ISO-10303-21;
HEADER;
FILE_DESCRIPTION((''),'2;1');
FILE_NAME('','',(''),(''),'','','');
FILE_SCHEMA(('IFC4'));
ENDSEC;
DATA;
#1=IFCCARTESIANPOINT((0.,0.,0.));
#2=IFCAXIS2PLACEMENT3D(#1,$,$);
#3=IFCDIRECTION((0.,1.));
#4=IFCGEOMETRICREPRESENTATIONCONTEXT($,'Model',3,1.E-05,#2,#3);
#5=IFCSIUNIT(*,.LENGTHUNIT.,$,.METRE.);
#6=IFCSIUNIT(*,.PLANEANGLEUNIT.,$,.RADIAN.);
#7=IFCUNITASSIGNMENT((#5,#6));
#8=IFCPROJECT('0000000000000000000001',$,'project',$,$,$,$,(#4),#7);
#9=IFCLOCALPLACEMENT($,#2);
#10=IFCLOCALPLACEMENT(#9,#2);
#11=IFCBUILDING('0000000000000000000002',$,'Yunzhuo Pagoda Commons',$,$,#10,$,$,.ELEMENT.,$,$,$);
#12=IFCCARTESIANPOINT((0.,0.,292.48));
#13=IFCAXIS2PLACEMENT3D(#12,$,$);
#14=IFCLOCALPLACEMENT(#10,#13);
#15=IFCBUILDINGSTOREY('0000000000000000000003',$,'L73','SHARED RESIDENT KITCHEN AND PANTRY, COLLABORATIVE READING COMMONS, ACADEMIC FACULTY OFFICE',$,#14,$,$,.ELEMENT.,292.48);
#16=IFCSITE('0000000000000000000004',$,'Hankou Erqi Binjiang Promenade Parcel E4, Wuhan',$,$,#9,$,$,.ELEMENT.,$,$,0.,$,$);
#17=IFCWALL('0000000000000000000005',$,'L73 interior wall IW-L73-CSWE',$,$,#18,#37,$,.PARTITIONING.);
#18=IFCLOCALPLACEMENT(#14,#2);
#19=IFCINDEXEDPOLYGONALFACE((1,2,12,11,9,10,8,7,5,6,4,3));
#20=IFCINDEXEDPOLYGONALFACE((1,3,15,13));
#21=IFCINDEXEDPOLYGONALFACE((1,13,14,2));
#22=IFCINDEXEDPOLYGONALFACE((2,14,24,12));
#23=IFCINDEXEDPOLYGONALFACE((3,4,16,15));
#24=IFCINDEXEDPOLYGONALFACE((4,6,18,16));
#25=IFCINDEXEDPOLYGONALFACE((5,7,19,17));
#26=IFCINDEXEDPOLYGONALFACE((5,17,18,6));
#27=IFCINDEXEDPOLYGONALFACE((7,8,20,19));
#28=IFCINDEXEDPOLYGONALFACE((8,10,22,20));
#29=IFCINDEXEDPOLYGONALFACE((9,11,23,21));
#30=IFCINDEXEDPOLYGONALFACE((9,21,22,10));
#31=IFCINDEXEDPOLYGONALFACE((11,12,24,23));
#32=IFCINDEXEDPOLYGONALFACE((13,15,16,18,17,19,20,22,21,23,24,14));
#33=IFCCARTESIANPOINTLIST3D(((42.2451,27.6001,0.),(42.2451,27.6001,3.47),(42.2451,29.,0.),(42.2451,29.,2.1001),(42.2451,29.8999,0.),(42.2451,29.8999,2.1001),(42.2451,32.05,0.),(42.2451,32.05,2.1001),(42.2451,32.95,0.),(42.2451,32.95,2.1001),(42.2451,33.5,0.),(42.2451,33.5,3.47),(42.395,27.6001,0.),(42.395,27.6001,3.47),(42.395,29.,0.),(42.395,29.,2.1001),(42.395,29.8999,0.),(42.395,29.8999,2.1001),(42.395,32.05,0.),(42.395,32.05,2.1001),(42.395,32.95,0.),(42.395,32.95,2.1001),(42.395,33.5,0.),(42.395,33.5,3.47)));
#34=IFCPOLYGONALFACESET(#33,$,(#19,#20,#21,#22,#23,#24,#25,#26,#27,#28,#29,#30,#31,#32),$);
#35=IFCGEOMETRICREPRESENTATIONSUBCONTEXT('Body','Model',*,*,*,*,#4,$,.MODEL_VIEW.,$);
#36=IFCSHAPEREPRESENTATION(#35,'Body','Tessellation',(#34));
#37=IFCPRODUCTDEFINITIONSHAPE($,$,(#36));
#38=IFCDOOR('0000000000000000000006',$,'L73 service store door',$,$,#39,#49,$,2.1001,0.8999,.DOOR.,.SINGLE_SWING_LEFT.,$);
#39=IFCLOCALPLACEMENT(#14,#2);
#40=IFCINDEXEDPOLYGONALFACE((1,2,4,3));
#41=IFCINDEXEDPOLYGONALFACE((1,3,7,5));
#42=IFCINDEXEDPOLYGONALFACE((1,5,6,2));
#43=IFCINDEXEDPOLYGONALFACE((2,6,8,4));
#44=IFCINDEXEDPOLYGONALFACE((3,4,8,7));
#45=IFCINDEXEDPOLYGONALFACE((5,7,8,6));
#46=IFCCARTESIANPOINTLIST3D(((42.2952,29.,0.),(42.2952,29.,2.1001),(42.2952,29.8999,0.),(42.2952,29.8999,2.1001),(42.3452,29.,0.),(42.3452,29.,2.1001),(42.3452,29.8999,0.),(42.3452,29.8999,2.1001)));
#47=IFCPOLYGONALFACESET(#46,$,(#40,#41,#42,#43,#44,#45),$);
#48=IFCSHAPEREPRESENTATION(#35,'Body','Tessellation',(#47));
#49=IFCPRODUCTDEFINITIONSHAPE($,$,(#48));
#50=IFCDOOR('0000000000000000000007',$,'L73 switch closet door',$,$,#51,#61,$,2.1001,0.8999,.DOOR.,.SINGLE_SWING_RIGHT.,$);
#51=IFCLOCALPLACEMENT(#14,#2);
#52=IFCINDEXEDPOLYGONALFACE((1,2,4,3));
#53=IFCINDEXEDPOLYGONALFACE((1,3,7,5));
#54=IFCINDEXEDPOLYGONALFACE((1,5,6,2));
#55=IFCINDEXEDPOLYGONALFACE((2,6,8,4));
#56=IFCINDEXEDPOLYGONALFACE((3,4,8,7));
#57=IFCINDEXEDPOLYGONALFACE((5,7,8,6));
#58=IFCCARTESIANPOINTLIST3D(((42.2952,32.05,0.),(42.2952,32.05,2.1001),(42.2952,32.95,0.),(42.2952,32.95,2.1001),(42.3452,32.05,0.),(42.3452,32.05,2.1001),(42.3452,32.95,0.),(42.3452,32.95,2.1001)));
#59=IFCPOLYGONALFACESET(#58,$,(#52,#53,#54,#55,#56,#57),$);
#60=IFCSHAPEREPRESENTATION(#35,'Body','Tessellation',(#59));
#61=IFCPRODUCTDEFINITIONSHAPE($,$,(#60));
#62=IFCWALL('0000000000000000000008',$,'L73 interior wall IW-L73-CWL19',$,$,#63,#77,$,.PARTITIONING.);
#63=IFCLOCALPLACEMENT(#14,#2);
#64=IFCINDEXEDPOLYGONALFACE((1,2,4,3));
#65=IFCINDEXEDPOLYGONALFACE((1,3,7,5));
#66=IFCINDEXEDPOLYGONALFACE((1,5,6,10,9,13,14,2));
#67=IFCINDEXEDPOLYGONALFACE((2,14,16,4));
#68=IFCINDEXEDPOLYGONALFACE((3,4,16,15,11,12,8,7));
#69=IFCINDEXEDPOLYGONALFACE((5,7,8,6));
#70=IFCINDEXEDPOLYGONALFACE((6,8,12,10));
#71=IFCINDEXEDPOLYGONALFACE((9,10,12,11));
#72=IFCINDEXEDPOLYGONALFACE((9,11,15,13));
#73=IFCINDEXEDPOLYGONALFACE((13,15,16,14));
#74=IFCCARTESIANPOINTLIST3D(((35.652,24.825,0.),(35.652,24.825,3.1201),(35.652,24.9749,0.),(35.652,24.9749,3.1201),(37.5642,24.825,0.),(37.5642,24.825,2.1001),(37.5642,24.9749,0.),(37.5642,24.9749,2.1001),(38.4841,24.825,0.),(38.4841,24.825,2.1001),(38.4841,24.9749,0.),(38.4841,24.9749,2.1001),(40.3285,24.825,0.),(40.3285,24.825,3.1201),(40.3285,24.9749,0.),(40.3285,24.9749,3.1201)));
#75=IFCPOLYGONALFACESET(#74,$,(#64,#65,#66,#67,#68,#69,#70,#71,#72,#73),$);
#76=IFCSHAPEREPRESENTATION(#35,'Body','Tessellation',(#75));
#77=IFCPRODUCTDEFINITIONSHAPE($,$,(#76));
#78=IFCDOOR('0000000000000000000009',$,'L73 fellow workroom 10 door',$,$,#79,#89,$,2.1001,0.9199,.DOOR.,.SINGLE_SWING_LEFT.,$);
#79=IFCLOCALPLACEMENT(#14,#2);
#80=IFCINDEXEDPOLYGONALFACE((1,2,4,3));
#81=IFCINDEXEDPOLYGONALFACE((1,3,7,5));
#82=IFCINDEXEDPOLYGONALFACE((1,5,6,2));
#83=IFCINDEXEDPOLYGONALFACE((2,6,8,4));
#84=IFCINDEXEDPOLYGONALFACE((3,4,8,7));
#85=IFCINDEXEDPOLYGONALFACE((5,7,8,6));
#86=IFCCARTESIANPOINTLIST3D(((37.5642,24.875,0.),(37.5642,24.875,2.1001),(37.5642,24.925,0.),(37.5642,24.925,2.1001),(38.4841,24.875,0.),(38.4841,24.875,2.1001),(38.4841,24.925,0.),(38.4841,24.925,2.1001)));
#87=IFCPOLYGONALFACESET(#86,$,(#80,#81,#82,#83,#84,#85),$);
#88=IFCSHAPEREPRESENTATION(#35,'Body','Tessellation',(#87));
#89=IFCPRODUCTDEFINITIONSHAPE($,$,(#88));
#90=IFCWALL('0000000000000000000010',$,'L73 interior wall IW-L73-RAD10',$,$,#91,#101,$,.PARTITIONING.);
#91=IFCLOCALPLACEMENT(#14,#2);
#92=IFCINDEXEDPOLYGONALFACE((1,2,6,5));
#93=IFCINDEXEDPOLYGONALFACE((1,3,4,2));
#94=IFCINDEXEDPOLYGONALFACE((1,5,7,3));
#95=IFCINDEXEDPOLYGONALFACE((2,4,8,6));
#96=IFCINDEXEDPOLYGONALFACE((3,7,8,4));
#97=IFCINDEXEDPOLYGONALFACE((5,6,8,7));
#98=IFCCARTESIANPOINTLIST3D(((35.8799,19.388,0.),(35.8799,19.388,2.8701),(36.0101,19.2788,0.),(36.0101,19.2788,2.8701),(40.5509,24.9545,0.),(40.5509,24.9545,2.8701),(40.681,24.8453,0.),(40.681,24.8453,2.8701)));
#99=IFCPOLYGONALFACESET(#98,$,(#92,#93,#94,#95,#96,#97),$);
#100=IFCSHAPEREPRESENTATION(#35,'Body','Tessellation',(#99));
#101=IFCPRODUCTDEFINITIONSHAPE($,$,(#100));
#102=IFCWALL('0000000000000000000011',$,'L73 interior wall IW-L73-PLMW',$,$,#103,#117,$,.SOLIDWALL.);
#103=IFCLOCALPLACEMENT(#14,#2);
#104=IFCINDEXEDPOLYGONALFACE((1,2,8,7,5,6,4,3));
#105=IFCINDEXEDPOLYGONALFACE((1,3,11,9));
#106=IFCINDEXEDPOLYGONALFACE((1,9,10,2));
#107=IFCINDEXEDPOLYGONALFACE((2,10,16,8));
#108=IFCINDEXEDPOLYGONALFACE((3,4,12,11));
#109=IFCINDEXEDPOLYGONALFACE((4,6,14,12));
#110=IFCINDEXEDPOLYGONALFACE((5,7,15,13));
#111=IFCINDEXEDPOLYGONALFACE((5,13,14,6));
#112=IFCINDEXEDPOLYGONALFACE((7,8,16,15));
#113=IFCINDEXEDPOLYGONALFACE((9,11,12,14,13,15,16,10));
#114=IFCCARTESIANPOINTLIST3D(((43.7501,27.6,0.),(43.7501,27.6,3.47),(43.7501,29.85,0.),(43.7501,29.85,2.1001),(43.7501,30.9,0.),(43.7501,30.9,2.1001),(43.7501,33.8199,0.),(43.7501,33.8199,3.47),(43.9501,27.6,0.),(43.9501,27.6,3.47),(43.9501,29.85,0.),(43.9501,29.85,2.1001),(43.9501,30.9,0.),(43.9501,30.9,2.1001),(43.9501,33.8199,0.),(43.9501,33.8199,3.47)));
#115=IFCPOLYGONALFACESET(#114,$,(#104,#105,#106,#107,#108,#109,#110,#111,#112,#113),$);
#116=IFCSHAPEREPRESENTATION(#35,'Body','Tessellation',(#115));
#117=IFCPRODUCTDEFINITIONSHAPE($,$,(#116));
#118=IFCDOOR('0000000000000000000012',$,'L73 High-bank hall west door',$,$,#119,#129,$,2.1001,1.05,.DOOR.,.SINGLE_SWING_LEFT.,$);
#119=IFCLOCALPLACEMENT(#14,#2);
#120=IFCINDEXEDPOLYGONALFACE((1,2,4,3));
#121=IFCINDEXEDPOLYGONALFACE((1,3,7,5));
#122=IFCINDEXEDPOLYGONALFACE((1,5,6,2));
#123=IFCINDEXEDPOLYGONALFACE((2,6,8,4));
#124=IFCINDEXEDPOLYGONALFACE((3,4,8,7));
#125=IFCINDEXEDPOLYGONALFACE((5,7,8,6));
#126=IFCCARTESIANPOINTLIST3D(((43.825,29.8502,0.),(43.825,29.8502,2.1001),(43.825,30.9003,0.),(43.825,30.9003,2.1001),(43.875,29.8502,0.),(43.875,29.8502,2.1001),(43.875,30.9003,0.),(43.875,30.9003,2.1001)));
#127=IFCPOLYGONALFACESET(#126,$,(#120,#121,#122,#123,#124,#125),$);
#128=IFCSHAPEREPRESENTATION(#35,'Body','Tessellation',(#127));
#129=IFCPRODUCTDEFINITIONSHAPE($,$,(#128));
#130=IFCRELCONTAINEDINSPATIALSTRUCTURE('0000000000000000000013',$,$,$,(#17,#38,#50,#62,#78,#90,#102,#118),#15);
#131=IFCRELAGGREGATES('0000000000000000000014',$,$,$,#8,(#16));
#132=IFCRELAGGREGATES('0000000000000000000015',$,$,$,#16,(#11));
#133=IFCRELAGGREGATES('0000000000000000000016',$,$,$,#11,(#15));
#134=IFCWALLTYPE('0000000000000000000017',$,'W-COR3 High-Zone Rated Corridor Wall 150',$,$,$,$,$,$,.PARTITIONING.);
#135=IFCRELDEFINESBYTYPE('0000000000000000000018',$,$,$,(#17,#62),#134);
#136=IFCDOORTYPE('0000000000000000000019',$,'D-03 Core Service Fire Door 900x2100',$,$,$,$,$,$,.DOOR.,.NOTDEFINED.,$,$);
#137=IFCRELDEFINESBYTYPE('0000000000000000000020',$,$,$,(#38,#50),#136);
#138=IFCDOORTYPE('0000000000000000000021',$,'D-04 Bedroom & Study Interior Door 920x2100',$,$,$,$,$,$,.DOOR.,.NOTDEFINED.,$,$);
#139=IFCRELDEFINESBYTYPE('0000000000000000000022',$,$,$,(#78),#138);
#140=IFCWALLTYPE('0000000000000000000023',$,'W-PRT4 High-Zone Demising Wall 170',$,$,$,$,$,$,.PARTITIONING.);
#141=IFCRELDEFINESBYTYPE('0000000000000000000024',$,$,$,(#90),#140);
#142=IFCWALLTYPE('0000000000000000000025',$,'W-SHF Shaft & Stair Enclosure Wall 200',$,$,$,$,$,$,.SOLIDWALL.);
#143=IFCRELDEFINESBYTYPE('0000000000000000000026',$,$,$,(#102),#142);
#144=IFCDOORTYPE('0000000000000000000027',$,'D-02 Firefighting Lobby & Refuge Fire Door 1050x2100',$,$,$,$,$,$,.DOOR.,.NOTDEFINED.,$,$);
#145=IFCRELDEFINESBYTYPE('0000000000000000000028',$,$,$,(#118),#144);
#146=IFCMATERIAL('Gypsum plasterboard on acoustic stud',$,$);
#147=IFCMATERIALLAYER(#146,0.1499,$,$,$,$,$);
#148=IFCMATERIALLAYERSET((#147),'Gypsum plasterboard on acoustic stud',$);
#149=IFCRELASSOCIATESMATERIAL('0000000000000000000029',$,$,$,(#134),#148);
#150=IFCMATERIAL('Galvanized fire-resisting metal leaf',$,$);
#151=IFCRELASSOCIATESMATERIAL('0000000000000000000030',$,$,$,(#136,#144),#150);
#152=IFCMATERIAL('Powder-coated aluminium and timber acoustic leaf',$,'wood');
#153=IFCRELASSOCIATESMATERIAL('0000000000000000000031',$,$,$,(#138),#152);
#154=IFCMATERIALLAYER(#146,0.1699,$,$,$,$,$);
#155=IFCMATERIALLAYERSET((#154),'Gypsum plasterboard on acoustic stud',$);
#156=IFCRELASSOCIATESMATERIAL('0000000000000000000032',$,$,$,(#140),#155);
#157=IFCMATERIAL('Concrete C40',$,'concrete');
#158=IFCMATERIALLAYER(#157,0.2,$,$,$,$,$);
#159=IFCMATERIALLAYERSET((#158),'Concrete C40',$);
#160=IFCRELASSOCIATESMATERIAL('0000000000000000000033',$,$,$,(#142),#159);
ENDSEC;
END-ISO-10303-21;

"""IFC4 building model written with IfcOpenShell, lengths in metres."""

from ifc_helpers import new_model, si_unit, direction, frame, frame_2d, origin, origin_with_axes, place, context, subcontext, project, spatial, rectangle, extrude, source, transform, mapped, material, layer, layer_set, type_object, element, fill, save


model = new_model("IFC4")

# Units and contexts
model_context = context("Model", 3, precision=1e-05, world=origin(), true_north=direction((0.0, 1.0)))
body_context = subcontext(model_context, "Body", "Model", "MODEL_VIEW")
ifc_project = project(units=[si_unit("LENGTHUNIT", "METRE"), si_unit("PLANEANGLEUNIT", "RADIAN")], contexts=[model_context])

# Site, building, storey
site_placement = place(None, origin())
site = spatial("IfcSite", under=ifc_project, at=site_placement, Name="Hankou Erqi Binjiang Promenade Parcel E4, Wuhan", CompositionType="ELEMENT", RefElevation=0.0)
building_placement = place(site_placement, origin())
building = spatial("IfcBuilding", under=site, at=building_placement, Name="Yunzhuo Pagoda Commons", CompositionType="ELEMENT")
storey_placement = place(building_placement, frame((0.0, 0.0, 292.48)))
storey = spatial("IfcBuildingStorey", under=building, at=storey_placement, Name="L73", Description="SHARED RESIDENT KITCHEN AND PANTRY, COLLABORATIVE READING COMMONS, ACADEMIC FACULTY OFFICE", CompositionType="ELEMENT", Elevation=292.48)

# Wall, openings, doors
ifc_material_1 = material(Name="Gypsum plasterboard on acoustic stud")
ifc_layer_1 = layer(ifc_material_1, 0.1499)
ifc_layer_set_1 = layer_set([ifc_layer_1], Name="Gypsum plasterboard on acoustic stud")
wall_type_1 = type_object("IfcWallType", Name="W-COR3 High-Zone Rated Corridor Wall 150", PredefinedType="PARTITIONING", material=ifc_layer_set_1)
wall_1_placement = place(storey_placement, frame((42.3201, 27.6001, 0.0), z_axis=(0.0, 0.0, 1.0), x_axis=(0.0, 1.0, 0.0)))
wall_1 = element("IfcWall", 1, at=wall_1_placement, inside=storey, type_object=wall_type_1, Name="L73 interior wall IW-L73-CSWE", PredefinedType="PARTITIONING", context=body_context, shape_type="SweptSolid", body=[
    extrude(rectangle(XDim=5.8999, YDim=0.1499, at=frame_2d((2.95, 0.0))), origin(), (0.0, 0.0, 1.0), 3.47),
])
opening_1_placement = place(wall_1_placement, frame((1.3999, 0.0, 0.0)))
opening_1 = element("IfcOpeningElement", 2, at=opening_1_placement, cuts=wall_1, PredefinedType="OPENING", context=body_context, shape_type="SweptSolid", body=[
    extrude(rectangle(XDim=0.8999, YDim=2.1001, at=frame_2d((0.45, 1.05))), frame((0.0, 0.085, 0.0), z_axis=(0.0, -1.0, 0.0), x_axis=(1.0, 0.0, 0.0)), (0.0, 0.0, 1.0), 0.1699),
])
opening_2_placement = place(wall_1_placement, frame((4.45, 0.0, 0.0)))
opening_2 = element("IfcOpeningElement", 3, at=opening_2_placement, cuts=wall_1, PredefinedType="OPENING", context=body_context, shape_type="SweptSolid", body=[
    extrude(rectangle(XDim=0.8999, YDim=2.1001, at=frame_2d((0.45, 1.05))), frame((0.0, 0.085, 0.0), z_axis=(0.0, -1.0, 0.0), x_axis=(1.0, 0.0, 0.0)), (0.0, 0.0, 1.0), 0.1699),
])
ifc_material_2 = material(Name="Galvanized fire-resisting metal leaf")
door_type_1 = type_object("IfcDoorType", Name="D-03 Core Service Fire Door 900x2100", OperationType="NOTDEFINED", PredefinedType="DOOR", material=ifc_material_2)
shared_shape_1 = source(origin(), body_context, "Body", "SweptSolid", [
    extrude(rectangle(XDim=0.8999, YDim=2.1001, at=frame_2d((0.45, 1.05))), frame((0.0, 0.0249, 0.0), z_axis=(0.0, -1.0, 0.0), x_axis=(1.0, 0.0, 0.0)), (0.0, 0.0, 1.0), 0.05),
])
door_1_placement = place(opening_1_placement, origin_with_axes())
door_1 = element("IfcDoor", 4, at=door_1_placement, inside=storey, type_object=door_type_1, Name="L73 service store door", OperationType="SINGLE_SWING_LEFT", OverallHeight=2.1001, OverallWidth=0.8999, PredefinedType="DOOR", context=body_context, shape_type="MappedRepresentation", body=[
    mapped(shared_shape_1, transform((0.0, 0.0, 0.0), scale=1.0)),
])
fill(opening_1, door_1)
door_2_placement = place(opening_2_placement, origin_with_axes())
door_2 = element("IfcDoor", 5, at=door_2_placement, inside=storey, type_object=door_type_1, Name="L73 switch closet door", OperationType="SINGLE_SWING_RIGHT", OverallHeight=2.1001, OverallWidth=0.8999, PredefinedType="DOOR", context=body_context, shape_type="MappedRepresentation", body=[
    mapped(shared_shape_1, transform((0.0, 0.0, 0.0), scale=1.0)),
])
fill(opening_2, door_2)

# Wall, opening, door
wall_2_placement = place(storey_placement, frame((40.3286, 24.8999, 0.0), z_axis=(0.0, 0.0, 1.0), x_axis=(-1.0, 0.0, 0.0)))
wall_2 = element("IfcWall", 6, at=wall_2_placement, inside=storey, type_object=wall_type_1, Name="L73 interior wall IW-L73-CWL19", PredefinedType="PARTITIONING", context=body_context, shape_type="SweptSolid", body=[
    extrude(rectangle(XDim=4.6765, YDim=0.1499, at=frame_2d((2.3384, 0.0))), origin(), (0.0, 0.0, 1.0), 3.1201),
])
opening_3_placement = place(wall_2_placement, frame((1.8445, 0.0, 0.0)))
opening_3 = element("IfcOpeningElement", 7, at=opening_3_placement, cuts=wall_2, PredefinedType="OPENING", context=body_context, shape_type="SweptSolid", body=[
    extrude(rectangle(XDim=0.9199, YDim=2.1001, at=frame_2d((0.46, 1.05))), frame((0.0, 0.085, 0.0), z_axis=(0.0, -1.0, 0.0), x_axis=(1.0, 0.0, 0.0)), (0.0, 0.0, 1.0), 0.1699),
])
ifc_material_3 = material(Name="Powder-coated aluminium and timber acoustic leaf", Category="wood")
door_type_2 = type_object("IfcDoorType", Name="D-04 Bedroom & Study Interior Door 920x2100", OperationType="NOTDEFINED", PredefinedType="DOOR", material=ifc_material_3)
shared_shape_2 = source(origin(), body_context, "Body", "SweptSolid", [
    extrude(rectangle(XDim=0.9199, YDim=2.1001, at=frame_2d((0.46, 1.05))), frame((0.0, 0.0249, 0.0), z_axis=(0.0, -1.0, 0.0), x_axis=(1.0, 0.0, 0.0)), (0.0, 0.0, 1.0), 0.05),
])
door_3_placement = place(opening_3_placement, origin_with_axes())
door_3 = element("IfcDoor", 8, at=door_3_placement, inside=storey, type_object=door_type_2, Name="L73 fellow workroom 10 door", OperationType="SINGLE_SWING_LEFT", OverallHeight=2.1001, OverallWidth=0.9199, PredefinedType="DOOR", context=body_context, shape_type="MappedRepresentation", body=[
    mapped(shared_shape_2, transform((0.0, 0.0, 0.0), scale=1.0)),
])
fill(opening_3, door_3)

# Wall
ifc_layer_2 = layer(ifc_material_1, 0.1699)
ifc_layer_set_2 = layer_set([ifc_layer_2], Name="Gypsum plasterboard on acoustic stud")
wall_type_2 = type_object("IfcWallType", Name="W-PRT4 High-Zone Demising Wall 170", PredefinedType="PARTITIONING", material=ifc_layer_set_2)
wall_3_placement = place(storey_placement, frame((40.616, 24.8999, 0.0), z_axis=(0.0, 0.0, 1.0), x_axis=(-0.642798, -0.766036, 0.0)))
element("IfcWall", 9, at=wall_3_placement, inside=storey, type_object=wall_type_2, Name="L73 interior wall IW-L73-RAD10", PredefinedType="PARTITIONING", context=body_context, shape_type="SweptSolid", body=[
    extrude(rectangle(XDim=7.2666, YDim=0.1699, at=frame_2d((3.6333, 0.0))), origin(), (0.0, 0.0, 1.0), 2.8701),
])

# Wall, opening, door
ifc_material_4 = material(Name="Concrete C40", Category="concrete")
ifc_layer_3 = layer(ifc_material_4, 0.2)
ifc_layer_set_3 = layer_set([ifc_layer_3], Name="Concrete C40")
wall_type_3 = type_object("IfcWallType", Name="W-SHF Shaft & Stair Enclosure Wall 200", PredefinedType="SOLIDWALL", material=ifc_layer_set_3)
wall_4_placement = place(storey_placement, frame((43.8501, 27.6001, 0.0), z_axis=(0.0, 0.0, 1.0), x_axis=(0.0, 1.0, 0.0)))
wall_4 = element("IfcWall", 10, at=wall_4_placement, inside=storey, type_object=wall_type_3, Name="L73 interior wall IW-L73-PLMW", PredefinedType="SOLIDWALL", context=body_context, shape_type="SweptSolid", body=[
    extrude(rectangle(XDim=6.22, YDim=0.2, at=frame_2d((3.1099, 0.0))), origin(), (0.0, 0.0, 1.0), 3.47),
])
opening_4_placement = place(wall_4_placement, frame((2.25, 0.0, 0.0)))
opening_4 = element("IfcOpeningElement", 11, at=opening_4_placement, cuts=wall_4, PredefinedType="OPENING", context=body_context, shape_type="SweptSolid", body=[
    extrude(rectangle(XDim=1.05, YDim=2.1001, at=frame_2d((0.5249, 1.05))), frame((0.0, 0.1099, 0.0), z_axis=(0.0, -1.0, 0.0), x_axis=(1.0, 0.0, 0.0)), (0.0, 0.0, 1.0), 0.22),
])
door_type_3 = type_object("IfcDoorType", Name="D-02 Firefighting Lobby & Refuge Fire Door 1050x2100", OperationType="NOTDEFINED", PredefinedType="DOOR", material=ifc_material_2)
shared_shape_3 = source(origin(), body_context, "Body", "SweptSolid", [
    extrude(rectangle(XDim=1.05, YDim=2.1001, at=frame_2d((0.5249, 1.05))), frame((0.0, 0.0249, 0.0), z_axis=(0.0, -1.0, 0.0), x_axis=(1.0, 0.0, 0.0)), (0.0, 0.0, 1.0), 0.05),
])
door_4_placement = place(opening_4_placement, frame((1.05, 0.0, 0.0), z_axis=(0.0, 0.0, 1.0), x_axis=(-1.0, 0.0, 0.0)))
door_4 = element("IfcDoor", 12, at=door_4_placement, inside=storey, type_object=door_type_3, Name="L73 High-bank hall west door", OperationType="SINGLE_SWING_LEFT", OverallHeight=2.1001, OverallWidth=1.05, PredefinedType="DOOR", context=body_context, shape_type="MappedRepresentation", body=[
    mapped(shared_shape_3, transform((0.0, 0.0, 0.0), scale=1.0)),
])
fill(opening_4, door_4)

save(model, "model.ifc")
